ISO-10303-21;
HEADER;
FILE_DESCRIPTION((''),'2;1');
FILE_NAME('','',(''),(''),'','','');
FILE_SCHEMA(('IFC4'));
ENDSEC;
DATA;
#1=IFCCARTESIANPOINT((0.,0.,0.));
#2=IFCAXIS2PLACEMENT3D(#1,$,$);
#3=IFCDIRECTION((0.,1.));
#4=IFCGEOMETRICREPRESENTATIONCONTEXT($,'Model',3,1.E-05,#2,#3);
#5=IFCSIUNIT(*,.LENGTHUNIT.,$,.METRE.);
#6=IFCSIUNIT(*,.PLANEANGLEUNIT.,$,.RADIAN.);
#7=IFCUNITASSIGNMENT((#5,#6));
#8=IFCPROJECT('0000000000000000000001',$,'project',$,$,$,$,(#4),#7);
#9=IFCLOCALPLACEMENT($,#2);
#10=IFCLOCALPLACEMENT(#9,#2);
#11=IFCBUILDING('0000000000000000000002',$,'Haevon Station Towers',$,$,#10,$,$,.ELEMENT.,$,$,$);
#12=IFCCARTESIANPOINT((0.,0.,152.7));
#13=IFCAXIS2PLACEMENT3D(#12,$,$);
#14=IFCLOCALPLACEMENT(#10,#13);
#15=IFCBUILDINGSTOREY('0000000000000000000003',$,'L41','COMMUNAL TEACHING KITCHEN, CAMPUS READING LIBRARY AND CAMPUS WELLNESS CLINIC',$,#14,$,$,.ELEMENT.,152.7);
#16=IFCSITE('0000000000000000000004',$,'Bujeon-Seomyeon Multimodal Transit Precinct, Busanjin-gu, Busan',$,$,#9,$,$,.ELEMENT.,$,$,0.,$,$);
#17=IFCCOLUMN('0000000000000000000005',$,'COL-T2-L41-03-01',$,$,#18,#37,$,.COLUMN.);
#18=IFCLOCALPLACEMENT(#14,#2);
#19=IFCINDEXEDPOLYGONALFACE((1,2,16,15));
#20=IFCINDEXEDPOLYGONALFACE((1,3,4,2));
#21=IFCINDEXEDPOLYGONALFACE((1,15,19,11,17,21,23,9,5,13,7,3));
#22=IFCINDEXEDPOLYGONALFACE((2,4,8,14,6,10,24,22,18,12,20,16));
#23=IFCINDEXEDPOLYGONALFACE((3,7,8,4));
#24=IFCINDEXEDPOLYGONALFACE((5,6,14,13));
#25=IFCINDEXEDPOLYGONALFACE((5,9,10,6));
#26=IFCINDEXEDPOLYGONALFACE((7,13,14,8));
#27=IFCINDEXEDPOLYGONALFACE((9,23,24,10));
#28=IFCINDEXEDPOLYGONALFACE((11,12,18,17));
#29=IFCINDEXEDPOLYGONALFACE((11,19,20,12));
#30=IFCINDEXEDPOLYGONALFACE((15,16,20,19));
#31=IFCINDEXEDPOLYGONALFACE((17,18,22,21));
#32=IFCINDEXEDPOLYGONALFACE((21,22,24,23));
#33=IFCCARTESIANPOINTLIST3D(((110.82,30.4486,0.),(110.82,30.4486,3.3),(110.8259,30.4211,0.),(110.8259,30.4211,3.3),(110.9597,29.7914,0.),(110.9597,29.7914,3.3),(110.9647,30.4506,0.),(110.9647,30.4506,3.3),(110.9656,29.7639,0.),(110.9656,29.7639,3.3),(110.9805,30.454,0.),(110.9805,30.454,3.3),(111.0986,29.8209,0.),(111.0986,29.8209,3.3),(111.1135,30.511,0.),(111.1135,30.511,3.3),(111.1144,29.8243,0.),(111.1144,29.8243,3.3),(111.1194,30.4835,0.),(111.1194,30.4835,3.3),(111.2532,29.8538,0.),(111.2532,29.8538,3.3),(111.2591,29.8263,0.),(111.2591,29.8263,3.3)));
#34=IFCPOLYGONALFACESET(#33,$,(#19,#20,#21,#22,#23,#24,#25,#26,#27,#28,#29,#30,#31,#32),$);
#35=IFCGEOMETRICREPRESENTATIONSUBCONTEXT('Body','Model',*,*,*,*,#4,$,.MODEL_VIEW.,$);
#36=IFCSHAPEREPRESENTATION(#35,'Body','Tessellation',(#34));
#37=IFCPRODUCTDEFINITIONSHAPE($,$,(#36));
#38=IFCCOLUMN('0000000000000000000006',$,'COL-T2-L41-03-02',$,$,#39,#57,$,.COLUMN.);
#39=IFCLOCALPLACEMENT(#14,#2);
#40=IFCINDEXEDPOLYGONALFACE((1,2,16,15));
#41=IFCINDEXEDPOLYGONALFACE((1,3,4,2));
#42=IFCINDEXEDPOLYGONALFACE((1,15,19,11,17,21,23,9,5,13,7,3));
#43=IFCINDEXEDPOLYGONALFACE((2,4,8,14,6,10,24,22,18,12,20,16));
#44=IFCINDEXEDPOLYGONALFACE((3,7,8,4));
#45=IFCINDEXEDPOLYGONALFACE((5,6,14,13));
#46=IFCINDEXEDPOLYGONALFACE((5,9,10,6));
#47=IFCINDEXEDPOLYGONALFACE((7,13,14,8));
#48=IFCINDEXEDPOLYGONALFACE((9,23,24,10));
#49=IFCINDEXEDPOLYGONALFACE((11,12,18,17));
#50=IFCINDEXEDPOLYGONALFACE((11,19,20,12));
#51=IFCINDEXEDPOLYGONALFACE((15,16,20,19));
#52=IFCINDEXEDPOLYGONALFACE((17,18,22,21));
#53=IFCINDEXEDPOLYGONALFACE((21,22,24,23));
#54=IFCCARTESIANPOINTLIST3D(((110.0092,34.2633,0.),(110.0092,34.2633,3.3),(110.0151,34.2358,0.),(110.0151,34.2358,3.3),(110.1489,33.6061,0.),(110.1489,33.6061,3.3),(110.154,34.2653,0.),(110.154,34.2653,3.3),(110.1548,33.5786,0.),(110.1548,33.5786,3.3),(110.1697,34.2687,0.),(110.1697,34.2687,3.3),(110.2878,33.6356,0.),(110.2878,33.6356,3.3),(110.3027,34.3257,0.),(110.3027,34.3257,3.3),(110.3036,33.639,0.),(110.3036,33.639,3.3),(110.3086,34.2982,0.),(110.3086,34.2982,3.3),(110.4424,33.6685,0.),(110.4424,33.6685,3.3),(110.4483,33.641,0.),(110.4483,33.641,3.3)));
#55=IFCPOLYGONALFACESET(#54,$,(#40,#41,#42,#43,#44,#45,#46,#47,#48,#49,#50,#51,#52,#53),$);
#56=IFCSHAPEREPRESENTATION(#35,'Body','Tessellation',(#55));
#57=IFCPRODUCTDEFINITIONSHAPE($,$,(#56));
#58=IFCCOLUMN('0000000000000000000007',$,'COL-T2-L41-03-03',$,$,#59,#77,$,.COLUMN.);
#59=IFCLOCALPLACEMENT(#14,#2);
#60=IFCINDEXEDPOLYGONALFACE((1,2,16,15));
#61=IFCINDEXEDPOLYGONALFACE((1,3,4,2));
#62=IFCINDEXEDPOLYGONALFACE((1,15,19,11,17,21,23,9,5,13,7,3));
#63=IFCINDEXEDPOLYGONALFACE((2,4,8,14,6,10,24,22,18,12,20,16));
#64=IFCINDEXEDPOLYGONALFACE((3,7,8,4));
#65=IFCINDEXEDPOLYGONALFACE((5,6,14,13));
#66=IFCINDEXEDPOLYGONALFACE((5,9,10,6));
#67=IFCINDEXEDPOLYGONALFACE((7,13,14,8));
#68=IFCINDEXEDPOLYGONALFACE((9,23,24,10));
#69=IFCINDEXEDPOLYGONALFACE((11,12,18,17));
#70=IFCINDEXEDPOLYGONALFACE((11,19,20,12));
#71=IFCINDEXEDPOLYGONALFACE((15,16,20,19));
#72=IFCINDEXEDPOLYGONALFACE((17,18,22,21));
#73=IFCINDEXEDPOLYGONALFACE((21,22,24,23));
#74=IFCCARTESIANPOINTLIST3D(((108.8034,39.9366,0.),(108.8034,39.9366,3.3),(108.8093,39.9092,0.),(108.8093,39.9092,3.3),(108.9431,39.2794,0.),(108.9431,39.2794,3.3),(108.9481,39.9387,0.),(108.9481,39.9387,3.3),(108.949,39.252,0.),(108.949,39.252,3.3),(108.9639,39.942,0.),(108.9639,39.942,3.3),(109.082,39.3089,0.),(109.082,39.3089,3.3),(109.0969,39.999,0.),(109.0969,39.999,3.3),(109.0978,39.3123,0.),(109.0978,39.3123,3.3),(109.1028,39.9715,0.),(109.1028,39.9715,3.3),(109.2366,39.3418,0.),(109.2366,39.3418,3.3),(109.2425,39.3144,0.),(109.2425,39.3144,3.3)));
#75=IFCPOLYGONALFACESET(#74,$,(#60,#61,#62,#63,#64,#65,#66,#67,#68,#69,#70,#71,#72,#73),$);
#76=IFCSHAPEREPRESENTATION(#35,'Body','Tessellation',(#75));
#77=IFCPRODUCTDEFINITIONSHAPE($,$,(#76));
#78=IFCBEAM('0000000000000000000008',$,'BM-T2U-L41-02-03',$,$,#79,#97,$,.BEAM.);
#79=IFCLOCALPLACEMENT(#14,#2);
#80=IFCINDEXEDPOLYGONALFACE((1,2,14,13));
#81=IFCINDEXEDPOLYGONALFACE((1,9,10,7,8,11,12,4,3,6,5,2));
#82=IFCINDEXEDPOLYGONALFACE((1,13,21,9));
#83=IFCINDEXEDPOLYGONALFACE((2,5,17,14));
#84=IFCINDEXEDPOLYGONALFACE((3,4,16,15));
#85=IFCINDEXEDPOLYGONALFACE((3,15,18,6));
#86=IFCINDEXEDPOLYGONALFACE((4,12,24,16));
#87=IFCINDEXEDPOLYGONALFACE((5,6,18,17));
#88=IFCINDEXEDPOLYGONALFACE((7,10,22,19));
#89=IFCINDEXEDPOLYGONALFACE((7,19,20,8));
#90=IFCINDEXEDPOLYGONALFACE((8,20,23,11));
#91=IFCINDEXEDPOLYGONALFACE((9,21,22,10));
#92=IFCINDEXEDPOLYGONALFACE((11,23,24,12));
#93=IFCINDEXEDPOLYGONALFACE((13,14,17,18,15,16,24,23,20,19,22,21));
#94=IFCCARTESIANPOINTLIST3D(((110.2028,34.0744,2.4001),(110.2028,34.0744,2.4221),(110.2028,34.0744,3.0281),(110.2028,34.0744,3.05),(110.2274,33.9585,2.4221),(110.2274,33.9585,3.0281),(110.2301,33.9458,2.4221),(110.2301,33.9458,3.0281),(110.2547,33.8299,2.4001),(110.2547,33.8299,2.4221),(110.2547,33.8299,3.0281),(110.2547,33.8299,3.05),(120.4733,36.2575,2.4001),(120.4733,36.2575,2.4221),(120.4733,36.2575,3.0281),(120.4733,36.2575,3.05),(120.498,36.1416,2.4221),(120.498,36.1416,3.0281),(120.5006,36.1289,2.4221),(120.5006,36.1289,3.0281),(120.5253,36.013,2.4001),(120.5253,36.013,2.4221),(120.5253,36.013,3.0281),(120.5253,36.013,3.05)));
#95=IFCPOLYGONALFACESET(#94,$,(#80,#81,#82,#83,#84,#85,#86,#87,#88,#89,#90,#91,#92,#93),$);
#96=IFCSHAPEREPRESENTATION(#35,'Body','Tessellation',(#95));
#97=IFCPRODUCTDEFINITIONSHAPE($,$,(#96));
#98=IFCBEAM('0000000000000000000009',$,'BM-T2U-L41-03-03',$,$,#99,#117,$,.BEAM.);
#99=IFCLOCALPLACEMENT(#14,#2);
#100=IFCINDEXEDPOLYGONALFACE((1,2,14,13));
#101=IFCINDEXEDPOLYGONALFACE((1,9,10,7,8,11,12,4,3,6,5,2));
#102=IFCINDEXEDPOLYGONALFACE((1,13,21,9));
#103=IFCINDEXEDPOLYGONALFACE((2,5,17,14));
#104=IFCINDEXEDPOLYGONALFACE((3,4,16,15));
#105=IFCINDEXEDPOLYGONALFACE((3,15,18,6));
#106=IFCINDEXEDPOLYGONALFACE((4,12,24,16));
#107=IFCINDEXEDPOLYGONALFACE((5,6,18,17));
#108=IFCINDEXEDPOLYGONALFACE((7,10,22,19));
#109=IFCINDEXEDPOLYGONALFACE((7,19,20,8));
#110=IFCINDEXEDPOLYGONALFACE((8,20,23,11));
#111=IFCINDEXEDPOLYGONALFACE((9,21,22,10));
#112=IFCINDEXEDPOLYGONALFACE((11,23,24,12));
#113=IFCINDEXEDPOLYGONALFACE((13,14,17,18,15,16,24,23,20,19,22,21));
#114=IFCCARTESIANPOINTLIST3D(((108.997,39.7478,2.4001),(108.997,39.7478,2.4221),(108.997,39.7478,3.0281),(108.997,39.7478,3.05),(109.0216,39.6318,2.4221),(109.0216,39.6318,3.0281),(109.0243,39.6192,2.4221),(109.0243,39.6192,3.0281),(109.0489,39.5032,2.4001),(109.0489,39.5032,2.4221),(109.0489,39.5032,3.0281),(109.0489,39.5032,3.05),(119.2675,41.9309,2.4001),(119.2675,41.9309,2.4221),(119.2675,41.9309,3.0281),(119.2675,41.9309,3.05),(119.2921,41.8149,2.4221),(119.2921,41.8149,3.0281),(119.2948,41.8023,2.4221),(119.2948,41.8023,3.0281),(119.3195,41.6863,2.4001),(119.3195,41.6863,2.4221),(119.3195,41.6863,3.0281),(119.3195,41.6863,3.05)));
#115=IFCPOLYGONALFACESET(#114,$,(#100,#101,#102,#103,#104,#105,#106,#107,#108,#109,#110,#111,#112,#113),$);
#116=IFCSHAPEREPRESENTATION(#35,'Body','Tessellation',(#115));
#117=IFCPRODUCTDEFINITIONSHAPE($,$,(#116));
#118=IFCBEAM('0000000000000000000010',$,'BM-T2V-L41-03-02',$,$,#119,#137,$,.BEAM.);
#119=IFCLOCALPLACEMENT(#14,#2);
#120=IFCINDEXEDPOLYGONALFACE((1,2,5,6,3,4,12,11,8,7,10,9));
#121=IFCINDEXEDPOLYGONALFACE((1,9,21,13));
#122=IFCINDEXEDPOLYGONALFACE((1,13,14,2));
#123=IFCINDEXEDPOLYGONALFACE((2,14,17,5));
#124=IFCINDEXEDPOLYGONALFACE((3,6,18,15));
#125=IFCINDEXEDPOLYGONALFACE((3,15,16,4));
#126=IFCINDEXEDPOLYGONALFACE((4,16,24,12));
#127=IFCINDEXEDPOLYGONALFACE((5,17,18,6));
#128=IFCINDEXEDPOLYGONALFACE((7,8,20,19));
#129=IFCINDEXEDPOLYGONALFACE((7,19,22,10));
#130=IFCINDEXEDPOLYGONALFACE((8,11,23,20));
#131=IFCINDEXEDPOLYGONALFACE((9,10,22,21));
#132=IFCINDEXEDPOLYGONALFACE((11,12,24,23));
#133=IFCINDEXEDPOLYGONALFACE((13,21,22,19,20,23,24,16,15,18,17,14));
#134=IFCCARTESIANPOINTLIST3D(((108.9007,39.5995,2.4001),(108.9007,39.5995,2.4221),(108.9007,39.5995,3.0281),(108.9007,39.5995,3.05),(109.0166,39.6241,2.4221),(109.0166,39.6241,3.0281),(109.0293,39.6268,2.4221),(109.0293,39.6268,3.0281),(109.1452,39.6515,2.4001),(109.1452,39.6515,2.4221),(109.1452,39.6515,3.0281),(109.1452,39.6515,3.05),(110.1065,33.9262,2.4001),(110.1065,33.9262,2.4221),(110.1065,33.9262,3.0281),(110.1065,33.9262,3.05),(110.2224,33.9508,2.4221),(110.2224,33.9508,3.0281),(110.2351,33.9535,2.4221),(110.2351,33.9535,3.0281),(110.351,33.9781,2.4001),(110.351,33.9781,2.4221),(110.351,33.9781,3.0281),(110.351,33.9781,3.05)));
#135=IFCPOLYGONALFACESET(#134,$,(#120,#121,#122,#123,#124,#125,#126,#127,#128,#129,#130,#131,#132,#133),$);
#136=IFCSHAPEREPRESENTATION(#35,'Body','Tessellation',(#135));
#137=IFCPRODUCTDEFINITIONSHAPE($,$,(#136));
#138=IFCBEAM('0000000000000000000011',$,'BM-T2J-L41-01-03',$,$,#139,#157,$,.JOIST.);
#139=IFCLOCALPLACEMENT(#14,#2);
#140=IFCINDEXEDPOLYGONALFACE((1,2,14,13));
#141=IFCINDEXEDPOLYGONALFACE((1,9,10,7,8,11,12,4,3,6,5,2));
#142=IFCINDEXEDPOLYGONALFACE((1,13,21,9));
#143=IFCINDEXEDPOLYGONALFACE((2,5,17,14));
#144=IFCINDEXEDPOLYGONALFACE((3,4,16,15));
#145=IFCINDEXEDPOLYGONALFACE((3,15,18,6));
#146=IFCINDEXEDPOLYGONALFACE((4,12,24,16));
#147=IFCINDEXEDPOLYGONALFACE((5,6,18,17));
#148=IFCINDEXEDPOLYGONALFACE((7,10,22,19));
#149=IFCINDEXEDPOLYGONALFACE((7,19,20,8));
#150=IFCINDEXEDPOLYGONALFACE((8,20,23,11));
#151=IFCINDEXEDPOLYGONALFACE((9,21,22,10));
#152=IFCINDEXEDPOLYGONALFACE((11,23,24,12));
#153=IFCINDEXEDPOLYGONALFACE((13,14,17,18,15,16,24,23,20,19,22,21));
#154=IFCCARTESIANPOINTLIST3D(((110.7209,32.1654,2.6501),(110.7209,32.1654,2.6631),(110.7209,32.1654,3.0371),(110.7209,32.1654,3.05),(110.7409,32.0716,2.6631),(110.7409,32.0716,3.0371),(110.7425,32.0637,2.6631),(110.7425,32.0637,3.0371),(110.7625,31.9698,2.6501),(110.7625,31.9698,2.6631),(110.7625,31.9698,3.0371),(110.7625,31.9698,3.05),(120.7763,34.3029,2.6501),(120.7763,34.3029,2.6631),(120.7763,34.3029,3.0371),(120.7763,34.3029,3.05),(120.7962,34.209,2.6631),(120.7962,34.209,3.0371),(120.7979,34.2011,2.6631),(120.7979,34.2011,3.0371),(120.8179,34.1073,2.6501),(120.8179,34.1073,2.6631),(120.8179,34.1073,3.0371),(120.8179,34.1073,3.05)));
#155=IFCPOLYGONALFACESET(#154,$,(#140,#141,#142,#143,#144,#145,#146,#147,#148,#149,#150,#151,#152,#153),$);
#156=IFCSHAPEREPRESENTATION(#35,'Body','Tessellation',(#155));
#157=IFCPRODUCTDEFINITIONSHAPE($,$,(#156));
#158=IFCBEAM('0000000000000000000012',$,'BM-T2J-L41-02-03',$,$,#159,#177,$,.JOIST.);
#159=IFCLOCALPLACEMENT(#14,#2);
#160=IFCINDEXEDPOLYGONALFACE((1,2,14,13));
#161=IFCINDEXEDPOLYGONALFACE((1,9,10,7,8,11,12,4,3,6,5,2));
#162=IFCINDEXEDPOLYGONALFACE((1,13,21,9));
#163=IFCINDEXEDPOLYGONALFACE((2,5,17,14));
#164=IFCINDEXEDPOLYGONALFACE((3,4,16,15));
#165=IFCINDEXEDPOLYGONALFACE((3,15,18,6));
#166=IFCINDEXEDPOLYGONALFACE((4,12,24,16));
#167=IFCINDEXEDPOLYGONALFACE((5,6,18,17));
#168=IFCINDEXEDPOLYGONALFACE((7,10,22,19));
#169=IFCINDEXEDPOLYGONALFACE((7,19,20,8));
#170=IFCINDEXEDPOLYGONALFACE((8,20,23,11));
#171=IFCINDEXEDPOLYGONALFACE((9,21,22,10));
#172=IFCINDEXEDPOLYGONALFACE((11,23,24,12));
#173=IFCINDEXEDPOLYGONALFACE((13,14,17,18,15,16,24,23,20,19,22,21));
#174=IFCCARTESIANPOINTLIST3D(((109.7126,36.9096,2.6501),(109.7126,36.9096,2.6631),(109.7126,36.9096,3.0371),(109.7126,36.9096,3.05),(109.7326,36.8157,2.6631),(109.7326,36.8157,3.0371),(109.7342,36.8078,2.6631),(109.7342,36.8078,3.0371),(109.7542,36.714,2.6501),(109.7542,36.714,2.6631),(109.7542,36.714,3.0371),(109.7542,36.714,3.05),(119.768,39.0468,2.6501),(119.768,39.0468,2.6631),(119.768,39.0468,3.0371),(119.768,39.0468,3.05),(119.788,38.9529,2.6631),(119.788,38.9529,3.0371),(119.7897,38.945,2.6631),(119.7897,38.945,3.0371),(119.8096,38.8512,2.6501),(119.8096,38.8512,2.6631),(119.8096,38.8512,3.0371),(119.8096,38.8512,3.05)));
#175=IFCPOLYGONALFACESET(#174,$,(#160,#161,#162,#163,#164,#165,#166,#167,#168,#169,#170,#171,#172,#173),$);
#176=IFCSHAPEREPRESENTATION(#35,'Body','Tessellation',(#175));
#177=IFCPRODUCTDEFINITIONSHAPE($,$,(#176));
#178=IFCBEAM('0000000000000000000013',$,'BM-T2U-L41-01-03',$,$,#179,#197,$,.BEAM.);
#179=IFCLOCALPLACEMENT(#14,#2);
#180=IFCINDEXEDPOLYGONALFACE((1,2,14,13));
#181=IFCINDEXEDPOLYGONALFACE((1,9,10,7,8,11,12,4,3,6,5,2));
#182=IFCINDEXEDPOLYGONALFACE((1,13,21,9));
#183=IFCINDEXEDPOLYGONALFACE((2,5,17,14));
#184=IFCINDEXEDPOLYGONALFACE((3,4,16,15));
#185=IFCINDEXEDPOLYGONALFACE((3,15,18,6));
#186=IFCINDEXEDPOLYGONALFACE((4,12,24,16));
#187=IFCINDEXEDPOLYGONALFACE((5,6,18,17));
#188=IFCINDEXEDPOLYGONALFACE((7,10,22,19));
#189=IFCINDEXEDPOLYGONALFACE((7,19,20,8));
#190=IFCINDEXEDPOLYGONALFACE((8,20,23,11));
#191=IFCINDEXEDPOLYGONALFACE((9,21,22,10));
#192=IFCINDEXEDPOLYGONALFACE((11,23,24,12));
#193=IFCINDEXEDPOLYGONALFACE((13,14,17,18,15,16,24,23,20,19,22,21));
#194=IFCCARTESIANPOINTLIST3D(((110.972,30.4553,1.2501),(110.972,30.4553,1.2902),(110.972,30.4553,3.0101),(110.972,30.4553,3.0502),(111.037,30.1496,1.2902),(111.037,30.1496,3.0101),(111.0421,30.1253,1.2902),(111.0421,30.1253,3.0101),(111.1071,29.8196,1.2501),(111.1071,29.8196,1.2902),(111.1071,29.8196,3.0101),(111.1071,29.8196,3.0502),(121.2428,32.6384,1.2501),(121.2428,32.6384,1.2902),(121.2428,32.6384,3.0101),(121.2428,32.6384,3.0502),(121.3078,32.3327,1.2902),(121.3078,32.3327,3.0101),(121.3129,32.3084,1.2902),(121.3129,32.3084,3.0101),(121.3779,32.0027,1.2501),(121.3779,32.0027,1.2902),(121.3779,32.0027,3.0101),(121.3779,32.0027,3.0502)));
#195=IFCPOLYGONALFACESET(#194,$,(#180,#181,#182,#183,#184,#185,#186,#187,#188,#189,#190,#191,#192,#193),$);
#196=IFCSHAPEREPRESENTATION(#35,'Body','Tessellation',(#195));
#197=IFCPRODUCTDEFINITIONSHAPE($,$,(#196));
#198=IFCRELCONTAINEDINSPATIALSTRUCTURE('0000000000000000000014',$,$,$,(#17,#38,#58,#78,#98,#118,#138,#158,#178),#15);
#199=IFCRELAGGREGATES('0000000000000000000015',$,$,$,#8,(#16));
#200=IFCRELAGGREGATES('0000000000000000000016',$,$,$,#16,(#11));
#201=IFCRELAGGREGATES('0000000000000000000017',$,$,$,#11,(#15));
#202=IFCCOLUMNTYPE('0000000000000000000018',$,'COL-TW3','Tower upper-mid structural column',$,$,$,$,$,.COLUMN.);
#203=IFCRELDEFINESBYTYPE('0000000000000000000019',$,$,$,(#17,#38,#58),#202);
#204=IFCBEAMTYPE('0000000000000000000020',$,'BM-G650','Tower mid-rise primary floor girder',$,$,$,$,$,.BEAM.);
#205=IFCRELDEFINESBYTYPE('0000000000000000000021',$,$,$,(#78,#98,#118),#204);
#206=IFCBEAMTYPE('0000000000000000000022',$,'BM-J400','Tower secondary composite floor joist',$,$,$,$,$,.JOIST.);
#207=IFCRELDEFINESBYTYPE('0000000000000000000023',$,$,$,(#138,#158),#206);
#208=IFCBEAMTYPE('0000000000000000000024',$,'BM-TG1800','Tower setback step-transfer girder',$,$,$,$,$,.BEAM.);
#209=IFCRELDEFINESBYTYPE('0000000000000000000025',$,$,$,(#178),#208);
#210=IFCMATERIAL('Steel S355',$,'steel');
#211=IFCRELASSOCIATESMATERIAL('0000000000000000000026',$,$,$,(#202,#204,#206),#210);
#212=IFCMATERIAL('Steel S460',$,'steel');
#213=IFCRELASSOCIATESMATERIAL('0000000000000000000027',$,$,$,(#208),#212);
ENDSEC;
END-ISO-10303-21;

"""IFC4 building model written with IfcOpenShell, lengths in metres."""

from ifc_helpers import new_model, si_unit, direction, frame, origin, origin_2d, place, context, subcontext, project, spatial, i_section, extrude, material, material_profile, profile_set, type_object, element, save


model = new_model("IFC4")

# Units and contexts
model_context = context("Model", 3, precision=1e-05, world=origin(), true_north=direction((0.0, 1.0)))
body_context = subcontext(model_context, "Body", "Model", "MODEL_VIEW")
ifc_project = project(units=[si_unit("LENGTHUNIT", "METRE"), si_unit("PLANEANGLEUNIT", "RADIAN")], contexts=[model_context])

# Site, building, storey
site_placement = place(None, origin())
site = spatial("IfcSite", under=ifc_project, at=site_placement, Name="Bujeon-Seomyeon Multimodal Transit Precinct, Busanjin-gu, Busan", CompositionType="ELEMENT", RefElevation=0.0)
building_placement = place(site_placement, origin())
building = spatial("IfcBuilding", under=site, at=building_placement, Name="Haevon Station Towers", CompositionType="ELEMENT")
storey_placement = place(building_placement, frame((0.0, 0.0, 152.7)))
storey = spatial("IfcBuildingStorey", under=building, at=storey_placement, Name="L41", Description="COMMUNAL TEACHING KITCHEN, CAMPUS READING LIBRARY AND CAMPUS WELLNESS CLINIC", CompositionType="ELEMENT", Elevation=152.7)

# Columns
ifc_material_1 = material(Name="Steel S355", Category="steel")
ifc_material_profile_1 = material_profile(ifc_material_1, i_section(OverallWidth=0.3, OverallDepth=0.7, WebThickness=0.0161, FlangeThickness=0.0281, at=origin_2d()), Name="H-700x300x16x28")
ifc_profile_set_1 = profile_set([ifc_material_profile_1], Name="Steel S355")
column_type = type_object("IfcColumnType", Name="COL-TW3", Description="Tower upper-mid structural column", PredefinedType="COLUMN", material=ifc_profile_set_1)
for number, where, z_axis, x_axis, name in (
    (1, (111.0396, 30.1375, 0.0), (0.0, 0.0, 1.0), (0.978148, 0.207912, 0.0), "COL-T2-L41-03-01"),
    (2, (110.2288, 33.9521, 0.0), (0.0, 0.0, 1.0), (0.978148, 0.207912, 0.0), "COL-T2-L41-03-02"),
    (3, (109.0229, 39.6255, 0.0), (0.0, 0.0, 1.0), (0.978148, 0.207912, 0.0), "COL-T2-L41-03-03"),
):
    element("IfcColumn", number, at=place(storey_placement, frame(where, z_axis=z_axis, x_axis=x_axis)), inside=storey, type_object=column_type, Name=name, PredefinedType="COLUMN", context=body_context, shape_type="SweptSolid", body=[
        extrude(i_section(OverallWidth=0.3, OverallDepth=0.7, WebThickness=0.0161, FlangeThickness=0.0281, at=origin_2d()), origin(), (0.0, 0.0, 1.0), 3.3),
    ])

# Beams
ifc_material_profile_2 = material_profile(ifc_material_1, i_section(OverallWidth=0.25, OverallDepth=0.6499, WebThickness=0.0129, FlangeThickness=0.022, at=origin_2d()), Name="H-650x250x13x22")
ifc_profile_set_2 = profile_set([ifc_material_profile_2], Name="Steel S355")
beam_type_1 = type_object("IfcBeamType", Name="BM-G650", Description="Tower mid-rise primary floor girder", PredefinedType="BEAM", material=ifc_profile_set_2)
for number, where, z_axis, x_axis, name in (
    (4, (110.2288, 33.9521, 2.7251), (0.978147, 0.207915, 0.0), (-0.207915, 0.978147, 0.0), "BM-T2U-L41-02-03"),
    (5, (109.0229, 39.6255, 2.7251), (0.978147, 0.207915, 0.0), (-0.207915, 0.978147, 0.0), "BM-T2U-L41-03-03"),
):
    element("IfcBeam", number, at=place(storey_placement, frame(where, z_axis=z_axis, x_axis=x_axis)), inside=storey, type_object=beam_type_1, Name=name, PredefinedType="BEAM", context=body_context, shape_type="SweptSolid", body=[
        extrude(i_section(OverallWidth=0.25, OverallDepth=0.6499, WebThickness=0.0129, FlangeThickness=0.022, at=origin_2d()), origin(), (0.0, 0.0, 1.0), 10.5),
    ])
beam_1_placement = place(storey_placement, frame((110.2288, 33.9521, 2.7251), z_axis=(-0.207896, 0.978151, 0.0), x_axis=(-0.978151, -0.207896, 0.0)))
element("IfcBeam", 6, at=beam_1_placement, inside=storey, type_object=beam_type_1, Name="BM-T2V-L41-03-02", PredefinedType="BEAM", context=body_context, shape_type="SweptSolid", body=[
    extrude(i_section(OverallWidth=0.25, OverallDepth=0.6499, WebThickness=0.0129, FlangeThickness=0.022, at=origin_2d()), origin(), (0.0, 0.0, 1.0), 5.8),
])
ifc_material_profile_3 = material_profile(ifc_material_1, i_section(OverallWidth=0.2, OverallDepth=0.3999, WebThickness=0.0081, FlangeThickness=0.0129, at=origin_2d()), Name="H-400x200x8x13")
ifc_profile_set_3 = profile_set([ifc_material_profile_3], Name="Steel S355")
beam_type_2 = type_object("IfcBeamType", Name="BM-J400", Description="Tower secondary composite floor joist", PredefinedType="JOIST", material=ifc_profile_set_3)
for number, where, z_axis, x_axis, name in (
    (7, (110.7417, 32.0676, 2.8501), (0.978146, 0.207922, 0.0), (-0.207922, 0.978146, 0.0), "BM-T2J-L41-01-03"),
    (8, (109.7334, 36.8118, 2.8501), (0.97815, 0.207899, 0.0), (-0.207899, 0.97815, 0.0), "BM-T2J-L41-02-03"),
):
    element("IfcBeam", number, at=place(storey_placement, frame(where, z_axis=z_axis, x_axis=x_axis)), inside=storey, type_object=beam_type_2, Name=name, PredefinedType="JOIST", context=body_context, shape_type="SweptSolid", body=[
        extrude(i_section(OverallWidth=0.2, OverallDepth=0.3999, WebThickness=0.0081, FlangeThickness=0.0129, at=origin_2d()), origin(), (0.0, 0.0, 1.0), 10.28),
    ])
ifc_material_2 = material(Name="Steel S460", Category="steel")
ifc_material_profile_4 = material_profile(ifc_material_2, i_section(OverallWidth=0.6499, OverallDepth=1.8, WebThickness=0.0249, FlangeThickness=0.04, at=origin_2d()), Name="H-1800x650x25x40")
ifc_profile_set_4 = profile_set([ifc_material_profile_4], Name="Steel S460")
beam_type_3 = type_object("IfcBeamType", Name="BM-TG1800", Description="Tower setback step-transfer girder", PredefinedType="BEAM", material=ifc_profile_set_4)
beam_2_placement = place(storey_placement, frame((111.0396, 30.1375, 2.1501), z_axis=(0.978148, 0.207911, 0.0), x_axis=(-0.207911, 0.978148, 0.0)))
element("IfcBeam", 9, at=beam_2_placement, inside=storey, type_object=beam_type_3, Name="BM-T2U-L41-01-03", PredefinedType="BEAM", context=body_context, shape_type="SweptSolid", body=[
    extrude(i_section(OverallWidth=0.6499, OverallDepth=1.8, WebThickness=0.0249, FlangeThickness=0.04, at=origin_2d()), origin(), (0.0, 0.0, 1.0), 10.5002),
])

save(model, "model.ifc")
